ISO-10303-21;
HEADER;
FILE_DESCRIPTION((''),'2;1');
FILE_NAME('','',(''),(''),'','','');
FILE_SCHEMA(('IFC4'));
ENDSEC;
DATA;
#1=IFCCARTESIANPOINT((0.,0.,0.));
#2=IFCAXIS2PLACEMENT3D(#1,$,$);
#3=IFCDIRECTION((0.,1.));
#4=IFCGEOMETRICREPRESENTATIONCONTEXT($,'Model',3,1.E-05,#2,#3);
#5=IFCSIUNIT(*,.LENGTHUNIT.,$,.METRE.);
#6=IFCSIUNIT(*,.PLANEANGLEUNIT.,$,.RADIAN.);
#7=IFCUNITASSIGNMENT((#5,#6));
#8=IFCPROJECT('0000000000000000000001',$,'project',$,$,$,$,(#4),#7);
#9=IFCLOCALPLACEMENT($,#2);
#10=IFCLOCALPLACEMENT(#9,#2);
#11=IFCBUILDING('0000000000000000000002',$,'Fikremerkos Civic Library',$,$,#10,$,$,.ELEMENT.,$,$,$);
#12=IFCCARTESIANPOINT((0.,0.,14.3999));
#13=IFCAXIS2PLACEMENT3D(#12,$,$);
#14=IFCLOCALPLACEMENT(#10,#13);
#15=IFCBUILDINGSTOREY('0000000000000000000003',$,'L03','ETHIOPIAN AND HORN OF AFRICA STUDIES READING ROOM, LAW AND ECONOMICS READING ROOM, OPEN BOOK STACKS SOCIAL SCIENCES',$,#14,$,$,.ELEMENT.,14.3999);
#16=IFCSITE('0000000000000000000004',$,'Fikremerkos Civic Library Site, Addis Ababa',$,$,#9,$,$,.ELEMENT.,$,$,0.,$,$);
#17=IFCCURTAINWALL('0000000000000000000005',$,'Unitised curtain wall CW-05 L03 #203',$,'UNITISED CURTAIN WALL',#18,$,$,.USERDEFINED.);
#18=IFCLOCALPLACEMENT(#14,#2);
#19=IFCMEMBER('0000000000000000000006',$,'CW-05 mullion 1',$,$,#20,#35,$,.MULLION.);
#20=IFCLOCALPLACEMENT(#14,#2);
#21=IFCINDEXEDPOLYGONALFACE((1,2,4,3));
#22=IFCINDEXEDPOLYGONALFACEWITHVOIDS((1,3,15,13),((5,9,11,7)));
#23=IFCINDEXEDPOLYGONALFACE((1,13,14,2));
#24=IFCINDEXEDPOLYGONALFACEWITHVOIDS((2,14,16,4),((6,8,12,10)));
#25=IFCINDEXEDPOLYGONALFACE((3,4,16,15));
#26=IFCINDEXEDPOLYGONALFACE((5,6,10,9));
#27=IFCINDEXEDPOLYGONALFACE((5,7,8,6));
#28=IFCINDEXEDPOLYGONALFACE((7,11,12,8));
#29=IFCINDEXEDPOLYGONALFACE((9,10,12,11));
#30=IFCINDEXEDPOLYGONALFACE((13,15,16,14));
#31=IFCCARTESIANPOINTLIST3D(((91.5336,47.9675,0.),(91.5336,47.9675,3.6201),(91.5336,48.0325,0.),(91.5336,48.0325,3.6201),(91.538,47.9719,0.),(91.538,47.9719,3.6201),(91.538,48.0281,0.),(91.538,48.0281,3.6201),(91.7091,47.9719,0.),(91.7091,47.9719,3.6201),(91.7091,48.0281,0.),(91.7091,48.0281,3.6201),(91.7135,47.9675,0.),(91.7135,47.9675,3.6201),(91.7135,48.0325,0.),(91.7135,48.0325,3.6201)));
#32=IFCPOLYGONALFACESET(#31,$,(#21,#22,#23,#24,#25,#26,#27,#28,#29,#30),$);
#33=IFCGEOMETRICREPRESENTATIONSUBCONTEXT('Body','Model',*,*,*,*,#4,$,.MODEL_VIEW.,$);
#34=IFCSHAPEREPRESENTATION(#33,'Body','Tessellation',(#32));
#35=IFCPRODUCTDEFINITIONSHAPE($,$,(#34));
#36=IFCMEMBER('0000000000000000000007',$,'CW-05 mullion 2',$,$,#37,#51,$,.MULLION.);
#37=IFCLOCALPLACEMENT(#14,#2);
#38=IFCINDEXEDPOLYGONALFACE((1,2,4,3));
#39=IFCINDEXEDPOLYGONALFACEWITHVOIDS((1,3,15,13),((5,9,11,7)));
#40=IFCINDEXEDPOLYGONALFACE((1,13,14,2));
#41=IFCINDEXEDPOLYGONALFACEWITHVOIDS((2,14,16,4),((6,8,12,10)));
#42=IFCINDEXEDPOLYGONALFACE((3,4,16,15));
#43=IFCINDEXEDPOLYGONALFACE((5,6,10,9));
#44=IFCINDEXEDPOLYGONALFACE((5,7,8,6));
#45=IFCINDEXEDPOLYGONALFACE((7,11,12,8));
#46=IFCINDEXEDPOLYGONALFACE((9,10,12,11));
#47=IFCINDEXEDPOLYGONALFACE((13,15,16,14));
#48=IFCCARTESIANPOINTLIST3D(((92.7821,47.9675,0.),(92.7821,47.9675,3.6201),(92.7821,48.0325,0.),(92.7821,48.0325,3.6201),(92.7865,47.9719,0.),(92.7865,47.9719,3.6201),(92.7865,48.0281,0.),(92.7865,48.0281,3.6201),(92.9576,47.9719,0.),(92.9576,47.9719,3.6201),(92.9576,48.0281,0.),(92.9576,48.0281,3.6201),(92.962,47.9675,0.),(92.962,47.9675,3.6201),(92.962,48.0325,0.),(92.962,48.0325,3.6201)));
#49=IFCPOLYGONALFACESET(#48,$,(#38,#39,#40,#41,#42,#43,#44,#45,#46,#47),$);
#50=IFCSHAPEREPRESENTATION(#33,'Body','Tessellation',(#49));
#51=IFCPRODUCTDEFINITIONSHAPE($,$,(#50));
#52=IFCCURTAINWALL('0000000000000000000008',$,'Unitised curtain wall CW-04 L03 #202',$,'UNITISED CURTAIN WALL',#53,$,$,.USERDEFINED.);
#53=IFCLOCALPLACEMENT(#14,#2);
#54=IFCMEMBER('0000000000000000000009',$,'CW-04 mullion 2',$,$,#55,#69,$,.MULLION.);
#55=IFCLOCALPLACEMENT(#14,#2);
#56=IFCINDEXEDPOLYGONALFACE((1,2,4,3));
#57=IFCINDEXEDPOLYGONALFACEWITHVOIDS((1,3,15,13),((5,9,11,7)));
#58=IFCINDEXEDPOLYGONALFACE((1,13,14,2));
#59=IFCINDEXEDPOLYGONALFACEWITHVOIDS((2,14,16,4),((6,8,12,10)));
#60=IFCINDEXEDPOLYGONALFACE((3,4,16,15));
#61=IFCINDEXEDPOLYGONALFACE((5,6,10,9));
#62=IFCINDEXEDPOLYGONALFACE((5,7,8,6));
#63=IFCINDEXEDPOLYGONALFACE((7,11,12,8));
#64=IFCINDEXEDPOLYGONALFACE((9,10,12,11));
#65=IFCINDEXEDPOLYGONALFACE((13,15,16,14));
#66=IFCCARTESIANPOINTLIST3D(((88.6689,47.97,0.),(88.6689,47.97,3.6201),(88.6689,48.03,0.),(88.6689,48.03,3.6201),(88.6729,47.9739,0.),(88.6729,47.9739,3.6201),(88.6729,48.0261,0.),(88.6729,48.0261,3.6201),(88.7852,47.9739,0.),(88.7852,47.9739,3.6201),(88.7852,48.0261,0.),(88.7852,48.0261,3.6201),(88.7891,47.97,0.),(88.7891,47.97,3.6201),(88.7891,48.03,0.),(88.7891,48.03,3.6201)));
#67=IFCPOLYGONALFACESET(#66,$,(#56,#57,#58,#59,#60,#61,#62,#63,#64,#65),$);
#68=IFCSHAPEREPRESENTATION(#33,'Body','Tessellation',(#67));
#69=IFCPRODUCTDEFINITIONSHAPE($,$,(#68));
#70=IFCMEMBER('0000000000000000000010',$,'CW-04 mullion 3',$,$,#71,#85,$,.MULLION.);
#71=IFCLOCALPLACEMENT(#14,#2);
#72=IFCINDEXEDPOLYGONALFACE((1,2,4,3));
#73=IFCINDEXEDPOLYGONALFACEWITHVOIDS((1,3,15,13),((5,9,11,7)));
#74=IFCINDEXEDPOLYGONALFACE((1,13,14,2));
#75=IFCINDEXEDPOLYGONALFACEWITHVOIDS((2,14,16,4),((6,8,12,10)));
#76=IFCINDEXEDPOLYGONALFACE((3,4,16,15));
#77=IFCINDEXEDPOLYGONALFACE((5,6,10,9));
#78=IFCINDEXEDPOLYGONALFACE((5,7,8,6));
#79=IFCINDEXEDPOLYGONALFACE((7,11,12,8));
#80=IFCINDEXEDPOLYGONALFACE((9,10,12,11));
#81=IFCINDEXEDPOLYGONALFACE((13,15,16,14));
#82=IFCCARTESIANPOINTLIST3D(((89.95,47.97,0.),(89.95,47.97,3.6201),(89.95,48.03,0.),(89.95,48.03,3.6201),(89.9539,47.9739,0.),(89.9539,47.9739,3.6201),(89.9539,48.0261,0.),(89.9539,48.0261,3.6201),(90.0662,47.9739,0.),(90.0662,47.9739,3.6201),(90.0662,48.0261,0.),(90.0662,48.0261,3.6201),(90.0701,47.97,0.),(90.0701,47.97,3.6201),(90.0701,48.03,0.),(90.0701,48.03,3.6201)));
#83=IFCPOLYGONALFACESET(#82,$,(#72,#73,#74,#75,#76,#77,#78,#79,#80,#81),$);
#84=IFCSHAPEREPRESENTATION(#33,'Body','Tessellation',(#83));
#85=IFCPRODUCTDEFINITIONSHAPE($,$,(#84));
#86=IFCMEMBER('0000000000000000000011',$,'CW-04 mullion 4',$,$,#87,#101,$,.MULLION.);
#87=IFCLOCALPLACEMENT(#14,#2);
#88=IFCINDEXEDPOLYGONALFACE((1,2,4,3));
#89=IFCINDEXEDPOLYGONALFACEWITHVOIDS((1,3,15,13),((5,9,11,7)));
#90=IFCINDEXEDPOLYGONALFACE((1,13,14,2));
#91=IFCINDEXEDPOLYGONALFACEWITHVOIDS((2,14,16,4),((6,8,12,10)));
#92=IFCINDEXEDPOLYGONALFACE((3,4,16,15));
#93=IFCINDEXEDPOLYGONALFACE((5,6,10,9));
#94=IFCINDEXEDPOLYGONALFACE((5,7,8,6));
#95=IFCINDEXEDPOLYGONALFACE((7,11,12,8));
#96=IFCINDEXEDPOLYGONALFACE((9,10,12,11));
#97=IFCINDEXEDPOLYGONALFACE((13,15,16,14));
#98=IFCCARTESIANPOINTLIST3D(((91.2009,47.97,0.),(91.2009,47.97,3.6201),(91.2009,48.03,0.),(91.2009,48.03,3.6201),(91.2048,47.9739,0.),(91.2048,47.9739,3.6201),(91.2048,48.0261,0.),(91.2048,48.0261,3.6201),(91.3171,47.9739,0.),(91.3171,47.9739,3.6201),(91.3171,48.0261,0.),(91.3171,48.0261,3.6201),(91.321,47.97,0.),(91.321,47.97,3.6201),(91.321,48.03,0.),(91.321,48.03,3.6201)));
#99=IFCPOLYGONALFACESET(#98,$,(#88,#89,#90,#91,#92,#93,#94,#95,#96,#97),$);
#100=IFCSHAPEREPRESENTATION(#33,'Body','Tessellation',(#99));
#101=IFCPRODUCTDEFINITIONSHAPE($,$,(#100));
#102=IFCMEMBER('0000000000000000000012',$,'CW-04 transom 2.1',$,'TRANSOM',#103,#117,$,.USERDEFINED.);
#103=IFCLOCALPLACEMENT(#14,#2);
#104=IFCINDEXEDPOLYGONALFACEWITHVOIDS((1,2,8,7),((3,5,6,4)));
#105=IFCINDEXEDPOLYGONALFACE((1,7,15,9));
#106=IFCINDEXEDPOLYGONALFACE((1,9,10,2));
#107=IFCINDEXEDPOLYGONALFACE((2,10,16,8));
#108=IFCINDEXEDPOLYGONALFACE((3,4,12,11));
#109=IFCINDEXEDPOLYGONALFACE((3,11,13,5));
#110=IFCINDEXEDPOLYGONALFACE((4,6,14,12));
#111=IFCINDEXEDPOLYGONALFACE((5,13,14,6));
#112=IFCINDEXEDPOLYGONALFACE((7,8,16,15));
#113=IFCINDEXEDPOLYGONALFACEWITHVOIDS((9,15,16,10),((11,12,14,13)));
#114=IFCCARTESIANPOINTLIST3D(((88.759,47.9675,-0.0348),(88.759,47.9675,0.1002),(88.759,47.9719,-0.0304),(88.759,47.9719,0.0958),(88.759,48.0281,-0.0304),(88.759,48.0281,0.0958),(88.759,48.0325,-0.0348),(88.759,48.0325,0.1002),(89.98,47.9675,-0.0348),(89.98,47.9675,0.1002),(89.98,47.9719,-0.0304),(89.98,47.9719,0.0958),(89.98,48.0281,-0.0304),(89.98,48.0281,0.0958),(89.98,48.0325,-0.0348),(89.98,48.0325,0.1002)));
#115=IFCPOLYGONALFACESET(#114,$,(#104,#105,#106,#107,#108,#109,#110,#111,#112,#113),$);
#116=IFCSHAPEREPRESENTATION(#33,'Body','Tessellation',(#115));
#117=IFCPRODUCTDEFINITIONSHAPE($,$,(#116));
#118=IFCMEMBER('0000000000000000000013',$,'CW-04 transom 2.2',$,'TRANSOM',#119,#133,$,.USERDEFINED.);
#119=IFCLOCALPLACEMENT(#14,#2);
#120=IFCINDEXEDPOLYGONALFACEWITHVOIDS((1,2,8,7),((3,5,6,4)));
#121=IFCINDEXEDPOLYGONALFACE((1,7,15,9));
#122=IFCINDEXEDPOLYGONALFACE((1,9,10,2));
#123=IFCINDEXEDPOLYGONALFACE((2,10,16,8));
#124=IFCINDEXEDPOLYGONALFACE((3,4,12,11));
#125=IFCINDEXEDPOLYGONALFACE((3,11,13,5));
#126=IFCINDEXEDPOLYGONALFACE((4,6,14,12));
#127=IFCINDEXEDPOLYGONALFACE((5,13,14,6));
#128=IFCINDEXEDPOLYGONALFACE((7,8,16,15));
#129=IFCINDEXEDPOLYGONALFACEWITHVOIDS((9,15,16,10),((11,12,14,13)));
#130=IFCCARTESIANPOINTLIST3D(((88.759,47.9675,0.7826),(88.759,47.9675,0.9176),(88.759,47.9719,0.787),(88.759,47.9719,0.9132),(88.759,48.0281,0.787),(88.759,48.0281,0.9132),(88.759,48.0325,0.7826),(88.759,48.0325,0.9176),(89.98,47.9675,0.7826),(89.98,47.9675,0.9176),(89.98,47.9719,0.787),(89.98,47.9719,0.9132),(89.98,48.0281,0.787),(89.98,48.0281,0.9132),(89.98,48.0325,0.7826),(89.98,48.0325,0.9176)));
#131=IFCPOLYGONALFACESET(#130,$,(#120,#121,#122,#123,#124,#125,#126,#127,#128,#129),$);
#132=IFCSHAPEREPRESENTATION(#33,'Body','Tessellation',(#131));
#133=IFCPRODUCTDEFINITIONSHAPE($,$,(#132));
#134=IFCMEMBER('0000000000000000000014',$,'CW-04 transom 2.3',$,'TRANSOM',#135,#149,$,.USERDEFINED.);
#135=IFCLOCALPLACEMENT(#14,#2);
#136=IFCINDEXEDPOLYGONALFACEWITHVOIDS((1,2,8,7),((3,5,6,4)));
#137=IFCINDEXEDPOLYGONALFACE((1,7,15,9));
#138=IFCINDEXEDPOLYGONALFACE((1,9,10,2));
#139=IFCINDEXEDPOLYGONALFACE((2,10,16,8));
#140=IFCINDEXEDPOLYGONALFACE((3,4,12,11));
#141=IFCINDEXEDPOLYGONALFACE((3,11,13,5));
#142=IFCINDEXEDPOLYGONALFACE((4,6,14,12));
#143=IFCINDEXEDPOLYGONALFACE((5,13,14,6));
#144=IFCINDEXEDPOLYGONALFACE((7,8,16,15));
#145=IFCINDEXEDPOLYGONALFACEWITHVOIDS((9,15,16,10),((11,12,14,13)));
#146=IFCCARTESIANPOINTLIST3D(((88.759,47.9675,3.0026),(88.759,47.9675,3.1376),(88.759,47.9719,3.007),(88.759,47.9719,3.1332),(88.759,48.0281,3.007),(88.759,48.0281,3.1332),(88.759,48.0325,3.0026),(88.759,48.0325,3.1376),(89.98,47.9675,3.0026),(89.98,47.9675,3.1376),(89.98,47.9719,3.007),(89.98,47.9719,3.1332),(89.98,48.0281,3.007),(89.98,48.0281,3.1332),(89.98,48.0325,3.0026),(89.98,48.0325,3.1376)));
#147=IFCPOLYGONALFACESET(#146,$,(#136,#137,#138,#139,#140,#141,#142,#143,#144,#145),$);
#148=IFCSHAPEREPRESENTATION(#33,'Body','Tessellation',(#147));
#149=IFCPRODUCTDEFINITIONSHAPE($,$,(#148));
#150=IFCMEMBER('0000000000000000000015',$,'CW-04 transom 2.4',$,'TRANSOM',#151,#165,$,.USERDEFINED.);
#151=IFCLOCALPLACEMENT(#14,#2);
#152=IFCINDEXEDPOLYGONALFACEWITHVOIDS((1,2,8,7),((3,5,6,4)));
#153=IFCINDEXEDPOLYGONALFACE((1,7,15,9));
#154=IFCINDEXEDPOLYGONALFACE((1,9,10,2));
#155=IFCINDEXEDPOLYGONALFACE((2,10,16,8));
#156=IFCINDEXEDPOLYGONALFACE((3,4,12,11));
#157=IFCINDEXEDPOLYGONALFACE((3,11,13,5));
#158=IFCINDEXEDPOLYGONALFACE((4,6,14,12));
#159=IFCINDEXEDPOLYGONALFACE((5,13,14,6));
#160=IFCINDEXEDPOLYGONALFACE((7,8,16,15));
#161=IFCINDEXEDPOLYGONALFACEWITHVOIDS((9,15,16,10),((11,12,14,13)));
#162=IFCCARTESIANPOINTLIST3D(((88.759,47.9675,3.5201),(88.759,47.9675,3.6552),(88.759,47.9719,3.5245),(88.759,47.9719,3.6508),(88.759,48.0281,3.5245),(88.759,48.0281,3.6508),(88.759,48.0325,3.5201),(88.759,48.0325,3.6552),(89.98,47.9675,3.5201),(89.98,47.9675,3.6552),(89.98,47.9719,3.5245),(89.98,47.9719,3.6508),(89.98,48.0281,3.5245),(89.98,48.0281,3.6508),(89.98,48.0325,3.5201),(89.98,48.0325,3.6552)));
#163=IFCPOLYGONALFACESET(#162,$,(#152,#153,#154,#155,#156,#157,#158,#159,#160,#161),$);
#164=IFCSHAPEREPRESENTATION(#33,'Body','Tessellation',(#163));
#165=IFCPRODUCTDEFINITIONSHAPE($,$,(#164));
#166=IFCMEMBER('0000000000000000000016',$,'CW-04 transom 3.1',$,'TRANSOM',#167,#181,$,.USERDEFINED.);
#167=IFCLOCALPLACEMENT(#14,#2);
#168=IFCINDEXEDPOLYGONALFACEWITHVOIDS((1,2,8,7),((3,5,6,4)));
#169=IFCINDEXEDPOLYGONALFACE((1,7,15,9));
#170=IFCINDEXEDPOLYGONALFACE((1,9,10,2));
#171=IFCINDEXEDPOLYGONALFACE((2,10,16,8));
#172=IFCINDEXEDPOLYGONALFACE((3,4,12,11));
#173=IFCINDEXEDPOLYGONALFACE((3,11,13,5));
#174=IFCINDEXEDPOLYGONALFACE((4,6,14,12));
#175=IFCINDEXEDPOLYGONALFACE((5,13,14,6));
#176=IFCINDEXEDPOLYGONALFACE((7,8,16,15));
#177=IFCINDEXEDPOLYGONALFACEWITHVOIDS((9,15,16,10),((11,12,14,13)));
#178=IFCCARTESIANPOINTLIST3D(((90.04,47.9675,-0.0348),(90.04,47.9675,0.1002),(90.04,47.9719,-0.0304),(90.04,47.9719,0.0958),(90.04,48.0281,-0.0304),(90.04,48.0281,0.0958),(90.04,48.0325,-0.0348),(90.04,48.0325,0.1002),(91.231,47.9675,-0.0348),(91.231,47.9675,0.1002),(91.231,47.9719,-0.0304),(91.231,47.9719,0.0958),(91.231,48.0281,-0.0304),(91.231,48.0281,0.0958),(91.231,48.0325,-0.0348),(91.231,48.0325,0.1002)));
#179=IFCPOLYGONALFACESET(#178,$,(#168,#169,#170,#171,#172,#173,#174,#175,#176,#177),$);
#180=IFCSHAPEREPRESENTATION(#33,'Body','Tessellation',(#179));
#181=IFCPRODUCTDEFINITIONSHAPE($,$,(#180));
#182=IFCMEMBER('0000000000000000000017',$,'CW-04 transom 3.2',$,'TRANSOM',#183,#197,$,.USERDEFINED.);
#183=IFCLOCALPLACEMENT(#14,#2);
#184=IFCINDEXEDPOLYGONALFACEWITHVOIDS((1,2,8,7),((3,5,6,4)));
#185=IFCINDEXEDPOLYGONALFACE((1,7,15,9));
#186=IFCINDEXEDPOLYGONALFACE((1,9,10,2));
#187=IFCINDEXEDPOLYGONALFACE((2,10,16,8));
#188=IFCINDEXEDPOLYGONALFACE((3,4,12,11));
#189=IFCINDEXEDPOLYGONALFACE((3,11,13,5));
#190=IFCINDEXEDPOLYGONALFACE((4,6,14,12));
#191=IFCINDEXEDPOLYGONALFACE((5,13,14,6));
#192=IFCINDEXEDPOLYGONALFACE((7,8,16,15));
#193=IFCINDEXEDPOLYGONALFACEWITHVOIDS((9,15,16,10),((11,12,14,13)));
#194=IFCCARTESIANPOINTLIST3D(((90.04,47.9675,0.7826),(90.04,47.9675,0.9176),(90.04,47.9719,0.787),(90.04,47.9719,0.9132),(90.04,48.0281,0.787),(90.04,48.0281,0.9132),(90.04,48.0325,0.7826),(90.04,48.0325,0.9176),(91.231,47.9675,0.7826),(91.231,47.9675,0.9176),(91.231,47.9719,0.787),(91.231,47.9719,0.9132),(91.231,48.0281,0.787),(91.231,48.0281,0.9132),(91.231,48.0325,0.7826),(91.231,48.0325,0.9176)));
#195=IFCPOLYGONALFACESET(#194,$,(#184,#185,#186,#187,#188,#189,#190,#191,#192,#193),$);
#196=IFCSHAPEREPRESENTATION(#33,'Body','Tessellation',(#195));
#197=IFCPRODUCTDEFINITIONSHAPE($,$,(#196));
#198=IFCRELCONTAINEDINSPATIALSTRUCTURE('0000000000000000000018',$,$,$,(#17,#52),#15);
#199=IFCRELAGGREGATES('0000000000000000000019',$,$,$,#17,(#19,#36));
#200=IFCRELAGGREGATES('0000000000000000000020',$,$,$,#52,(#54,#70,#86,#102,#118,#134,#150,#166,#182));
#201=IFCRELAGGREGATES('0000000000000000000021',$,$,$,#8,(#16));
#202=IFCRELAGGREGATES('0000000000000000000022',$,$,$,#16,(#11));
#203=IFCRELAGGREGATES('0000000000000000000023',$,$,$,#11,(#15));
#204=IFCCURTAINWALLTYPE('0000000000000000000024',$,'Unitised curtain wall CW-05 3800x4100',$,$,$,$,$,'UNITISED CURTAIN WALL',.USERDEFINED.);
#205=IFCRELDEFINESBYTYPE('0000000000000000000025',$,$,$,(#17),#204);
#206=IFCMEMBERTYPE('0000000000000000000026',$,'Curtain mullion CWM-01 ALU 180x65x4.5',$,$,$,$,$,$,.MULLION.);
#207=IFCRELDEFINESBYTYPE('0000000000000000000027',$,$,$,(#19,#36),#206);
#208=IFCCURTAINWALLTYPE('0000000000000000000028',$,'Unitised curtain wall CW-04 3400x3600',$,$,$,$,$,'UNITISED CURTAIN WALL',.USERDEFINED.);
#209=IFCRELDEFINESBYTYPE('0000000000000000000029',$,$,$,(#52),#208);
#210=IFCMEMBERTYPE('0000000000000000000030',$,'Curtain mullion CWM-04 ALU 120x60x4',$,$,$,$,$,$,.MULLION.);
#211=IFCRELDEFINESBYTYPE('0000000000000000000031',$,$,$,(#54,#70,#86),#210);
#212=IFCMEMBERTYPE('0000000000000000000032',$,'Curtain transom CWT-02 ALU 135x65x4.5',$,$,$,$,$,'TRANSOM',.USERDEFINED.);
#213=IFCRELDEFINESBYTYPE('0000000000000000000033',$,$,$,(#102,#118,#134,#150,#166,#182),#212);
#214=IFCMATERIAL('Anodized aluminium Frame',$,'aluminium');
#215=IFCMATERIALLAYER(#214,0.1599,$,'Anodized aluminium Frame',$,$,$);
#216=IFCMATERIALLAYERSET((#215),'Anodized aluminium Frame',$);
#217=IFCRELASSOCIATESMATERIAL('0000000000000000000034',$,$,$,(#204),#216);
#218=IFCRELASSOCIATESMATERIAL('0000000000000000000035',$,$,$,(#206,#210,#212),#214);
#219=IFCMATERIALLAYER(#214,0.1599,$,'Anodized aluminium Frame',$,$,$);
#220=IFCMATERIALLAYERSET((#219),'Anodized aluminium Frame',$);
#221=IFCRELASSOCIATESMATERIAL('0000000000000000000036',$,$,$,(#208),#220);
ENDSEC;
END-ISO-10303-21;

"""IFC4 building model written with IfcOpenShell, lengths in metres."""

from ifc_helpers import new_model, si_unit, direction, frame, origin, origin_2d, place, context, subcontext, project, spatial, hollow_rectangle, extrude, material, layer, layer_set, material_profile, profile_set, type_object, element, aggregate, save


model = new_model("IFC4")

# Units and contexts
model_context = context("Model", 3, precision=1e-05, world=origin(), true_north=direction((0.0, 1.0)))
body_context = subcontext(model_context, "Body", "Model", "MODEL_VIEW")
ifc_project = project(units=[si_unit("LENGTHUNIT", "METRE"), si_unit("PLANEANGLEUNIT", "RADIAN")], contexts=[model_context])

# Site, building, storey
site_placement = place(None, origin())
site = spatial("IfcSite", under=ifc_project, at=site_placement, Name="Fikremerkos Civic Library Site, Addis Ababa", CompositionType="ELEMENT", RefElevation=0.0)
building_placement = place(site_placement, origin())
building = spatial("IfcBuilding", under=site, at=building_placement, Name="Fikremerkos Civic Library", CompositionType="ELEMENT")
storey_placement = place(building_placement, frame((0.0, 0.0, 14.3999)))
storey = spatial("IfcBuildingStorey", under=building, at=storey_placement, Name="L03", Description="ETHIOPIAN AND HORN OF AFRICA STUDIES READING ROOM, LAW AND ECONOMICS READING ROOM, OPEN BOOK STACKS SOCIAL SCIENCES", CompositionType="ELEMENT", Elevation=14.3999)

# Curtain walls, members
ifc_material_1 = material(Name="Anodized aluminium Frame", Category="aluminium")
ifc_layer_1 = layer(ifc_material_1, 0.1599, Name="Anodized aluminium Frame")
ifc_layer_set_1 = layer_set([ifc_layer_1], Name="Anodized aluminium Frame")
curtain_wall_type_1 = type_object("IfcCurtainWallType", Name="Unitised curtain wall CW-05 3800x4100", ElementType="UNITISED CURTAIN WALL", PredefinedType="USERDEFINED", material=ifc_layer_set_1)
curtain_wall_1_placement = place(storey_placement, origin())
curtain_wall_1 = element("IfcCurtainWall", 1, at=curtain_wall_1_placement, inside=storey, type_object=curtain_wall_type_1, Name="Unitised curtain wall CW-05 L03 #203", ObjectType="UNITISED CURTAIN WALL", PredefinedType="USERDEFINED")
ifc_material_profile_1 = material_profile(ifc_material_1, hollow_rectangle(XDim=0.0649, YDim=0.1799, WallThickness=0.0044, at=origin_2d()), Name="ALU 180x65x4.5")
ifc_profile_set_1 = profile_set([ifc_material_profile_1], Name="Anodized aluminium Frame")
member_type_1 = type_object("IfcMemberType", Name="Curtain mullion CWM-01 ALU 180x65x4.5", PredefinedType="MULLION", material=ifc_profile_set_1)
member_1_placement = place(storey_placement, frame((91.6235, 48.0, 0.0), z_axis=(0.0, 0.0, 1.0), x_axis=(0.0, 1.0, 0.0)))
member_1 = element("IfcMember", 2, at=member_1_placement, type_object=member_type_1, Name="CW-05 mullion 1", PredefinedType="MULLION", context=body_context, shape_type="SweptSolid", body=[
    extrude(hollow_rectangle(XDim=0.0649, YDim=0.1799, WallThickness=0.0044, at=origin_2d()), origin(), (0.0, 0.0, 1.0), 3.6201),
])
member_2_placement = place(storey_placement, frame((92.8721, 48.0, 0.0), z_axis=(0.0, 0.0, 1.0), x_axis=(0.0, 1.0, 0.0)))
member_2 = element("IfcMember", 3, at=member_2_placement, type_object=member_type_1, Name="CW-05 mullion 2", PredefinedType="MULLION", context=body_context, shape_type="SweptSolid", body=[
    extrude(hollow_rectangle(XDim=0.0649, YDim=0.1799, WallThickness=0.0044, at=origin_2d()), origin(), (0.0, 0.0, 1.0), 3.6201),
])
ifc_layer_2 = layer(ifc_material_1, 0.1599, Name="Anodized aluminium Frame")
ifc_layer_set_2 = layer_set([ifc_layer_2], Name="Anodized aluminium Frame")
curtain_wall_type_2 = type_object("IfcCurtainWallType", Name="Unitised curtain wall CW-04 3400x3600", ElementType="UNITISED CURTAIN WALL", PredefinedType="USERDEFINED", material=ifc_layer_set_2)
curtain_wall_2_placement = place(storey_placement, origin())
curtain_wall_2 = element("IfcCurtainWall", 4, at=curtain_wall_2_placement, inside=storey, type_object=curtain_wall_type_2, Name="Unitised curtain wall CW-04 L03 #202", ObjectType="UNITISED CURTAIN WALL", PredefinedType="USERDEFINED")
ifc_material_profile_2 = material_profile(ifc_material_1, hollow_rectangle(XDim=0.0601, YDim=0.1201, WallThickness=0.0039, at=origin_2d()), Name="ALU 120x60x4")
ifc_profile_set_2 = profile_set([ifc_material_profile_2], Name="Anodized aluminium Frame")
member_type_2 = type_object("IfcMemberType", Name="Curtain mullion CWM-04 ALU 120x60x4", PredefinedType="MULLION", material=ifc_profile_set_2)
member_3_placement = place(storey_placement, frame((88.729, 48.0, 0.0), z_axis=(0.0, 0.0, 1.0), x_axis=(0.0, 1.0, 0.0)))
member_3 = element("IfcMember", 5, at=member_3_placement, type_object=member_type_2, Name="CW-04 mullion 2", PredefinedType="MULLION", context=body_context, shape_type="SweptSolid", body=[
    extrude(hollow_rectangle(XDim=0.0601, YDim=0.1201, WallThickness=0.0039, at=origin_2d()), origin(), (0.0, 0.0, 1.0), 3.6201),
])
member_4_placement = place(storey_placement, frame((90.01, 48.0, 0.0), z_axis=(0.0, 0.0, 1.0), x_axis=(0.0, 1.0, 0.0)))
member_4 = element("IfcMember", 6, at=member_4_placement, type_object=member_type_2, Name="CW-04 mullion 3", PredefinedType="MULLION", context=body_context, shape_type="SweptSolid", body=[
    extrude(hollow_rectangle(XDim=0.0601, YDim=0.1201, WallThickness=0.0039, at=origin_2d()), origin(), (0.0, 0.0, 1.0), 3.6201),
])
member_5_placement = place(storey_placement, frame((91.261, 48.0, 0.0), z_axis=(0.0, 0.0, 1.0), x_axis=(0.0, 1.0, 0.0)))
member_5 = element("IfcMember", 7, at=member_5_placement, type_object=member_type_2, Name="CW-04 mullion 4", PredefinedType="MULLION", context=body_context, shape_type="SweptSolid", body=[
    extrude(hollow_rectangle(XDim=0.0601, YDim=0.1201, WallThickness=0.0039, at=origin_2d()), origin(), (0.0, 0.0, 1.0), 3.6201),
])
ifc_material_profile_3 = material_profile(ifc_material_1, hollow_rectangle(XDim=0.0649, YDim=0.135, WallThickness=0.0044, at=origin_2d()), Name="ALU 135x65x4.5")
ifc_profile_set_3 = profile_set([ifc_material_profile_3], Name="Anodized aluminium Frame")
member_type_3 = type_object("IfcMemberType", Name="Curtain transom CWT-02 ALU 135x65x4.5", ElementType="TRANSOM", PredefinedType="USERDEFINED", material=ifc_profile_set_3)
member_6_placement = place(storey_placement, frame((88.759, 48.0, 0.0327), z_axis=(1.0, 0.0, 0.0), x_axis=(0.0, 1.0, 0.0)))
member_6 = element("IfcMember", 8, at=member_6_placement, type_object=member_type_3, Name="CW-04 transom 2.1", ObjectType="TRANSOM", PredefinedType="USERDEFINED", context=body_context, shape_type="SweptSolid", body=[
    extrude(hollow_rectangle(XDim=0.0649, YDim=0.135, WallThickness=0.0044, at=origin_2d()), origin(), (0.0, 0.0, 1.0), 1.2209),
])
member_7_placement = place(storey_placement, frame((88.759, 48.0, 0.8501), z_axis=(1.0, 0.0, 0.0), x_axis=(0.0, 1.0, 0.0)))
member_7 = element("IfcMember", 9, at=member_7_placement, type_object=member_type_3, Name="CW-04 transom 2.2", ObjectType="TRANSOM", PredefinedType="USERDEFINED", context=body_context, shape_type="SweptSolid", body=[
    extrude(hollow_rectangle(XDim=0.0649, YDim=0.135, WallThickness=0.0044, at=origin_2d()), origin(), (0.0, 0.0, 1.0), 1.2209),
])
member_8_placement = place(storey_placement, frame((88.759, 48.0, 3.0701), z_axis=(1.0, 0.0, 0.0), x_axis=(0.0, 1.0, 0.0)))
member_8 = element("IfcMember", 10, at=member_8_placement, type_object=member_type_3, Name="CW-04 transom 2.3", ObjectType="TRANSOM", PredefinedType="USERDEFINED", context=body_context, shape_type="SweptSolid", body=[
    extrude(hollow_rectangle(XDim=0.0649, YDim=0.135, WallThickness=0.0044, at=origin_2d()), origin(), (0.0, 0.0, 1.0), 1.2209),
])
member_9_placement = place(storey_placement, frame((88.759, 48.0, 3.5876), z_axis=(1.0, 0.0, 0.0), x_axis=(0.0, 1.0, 0.0)))
member_9 = element("IfcMember", 11, at=member_9_placement, type_object=member_type_3, Name="CW-04 transom 2.4", ObjectType="TRANSOM", PredefinedType="USERDEFINED", context=body_context, shape_type="SweptSolid", body=[
    extrude(hollow_rectangle(XDim=0.0649, YDim=0.135, WallThickness=0.0044, at=origin_2d()), origin(), (0.0, 0.0, 1.0), 1.2209),
])
member_10_placement = place(storey_placement, frame((90.04, 48.0, 0.0327), z_axis=(1.0, 0.0, 0.0), x_axis=(0.0, 1.0, 0.0)))
member_10 = element("IfcMember", 12, at=member_10_placement, type_object=member_type_3, Name="CW-04 transom 3.1", ObjectType="TRANSOM", PredefinedType="USERDEFINED", context=body_context, shape_type="SweptSolid", body=[
    extrude(hollow_rectangle(XDim=0.0649, YDim=0.135, WallThickness=0.0044, at=origin_2d()), origin(), (0.0, 0.0, 1.0), 1.1909),
])
member_11_placement = place(storey_placement, frame((90.04, 48.0, 0.8501), z_axis=(1.0, 0.0, 0.0), x_axis=(0.0, 1.0, 0.0)))
member_11 = element("IfcMember", 13, at=member_11_placement, type_object=member_type_3, Name="CW-04 transom 3.2", ObjectType="TRANSOM", PredefinedType="USERDEFINED", context=body_context, shape_type="SweptSolid", body=[
    extrude(hollow_rectangle(XDim=0.0649, YDim=0.135, WallThickness=0.0044, at=origin_2d()), origin(), (0.0, 0.0, 1.0), 1.1909),
])

aggregate(curtain_wall_1, [member_1, member_2])
aggregate(curtain_wall_2, [member_3, member_4, member_5, member_6, member_7, member_8, member_9, member_10, member_11])

save(model, "model.ifc")
